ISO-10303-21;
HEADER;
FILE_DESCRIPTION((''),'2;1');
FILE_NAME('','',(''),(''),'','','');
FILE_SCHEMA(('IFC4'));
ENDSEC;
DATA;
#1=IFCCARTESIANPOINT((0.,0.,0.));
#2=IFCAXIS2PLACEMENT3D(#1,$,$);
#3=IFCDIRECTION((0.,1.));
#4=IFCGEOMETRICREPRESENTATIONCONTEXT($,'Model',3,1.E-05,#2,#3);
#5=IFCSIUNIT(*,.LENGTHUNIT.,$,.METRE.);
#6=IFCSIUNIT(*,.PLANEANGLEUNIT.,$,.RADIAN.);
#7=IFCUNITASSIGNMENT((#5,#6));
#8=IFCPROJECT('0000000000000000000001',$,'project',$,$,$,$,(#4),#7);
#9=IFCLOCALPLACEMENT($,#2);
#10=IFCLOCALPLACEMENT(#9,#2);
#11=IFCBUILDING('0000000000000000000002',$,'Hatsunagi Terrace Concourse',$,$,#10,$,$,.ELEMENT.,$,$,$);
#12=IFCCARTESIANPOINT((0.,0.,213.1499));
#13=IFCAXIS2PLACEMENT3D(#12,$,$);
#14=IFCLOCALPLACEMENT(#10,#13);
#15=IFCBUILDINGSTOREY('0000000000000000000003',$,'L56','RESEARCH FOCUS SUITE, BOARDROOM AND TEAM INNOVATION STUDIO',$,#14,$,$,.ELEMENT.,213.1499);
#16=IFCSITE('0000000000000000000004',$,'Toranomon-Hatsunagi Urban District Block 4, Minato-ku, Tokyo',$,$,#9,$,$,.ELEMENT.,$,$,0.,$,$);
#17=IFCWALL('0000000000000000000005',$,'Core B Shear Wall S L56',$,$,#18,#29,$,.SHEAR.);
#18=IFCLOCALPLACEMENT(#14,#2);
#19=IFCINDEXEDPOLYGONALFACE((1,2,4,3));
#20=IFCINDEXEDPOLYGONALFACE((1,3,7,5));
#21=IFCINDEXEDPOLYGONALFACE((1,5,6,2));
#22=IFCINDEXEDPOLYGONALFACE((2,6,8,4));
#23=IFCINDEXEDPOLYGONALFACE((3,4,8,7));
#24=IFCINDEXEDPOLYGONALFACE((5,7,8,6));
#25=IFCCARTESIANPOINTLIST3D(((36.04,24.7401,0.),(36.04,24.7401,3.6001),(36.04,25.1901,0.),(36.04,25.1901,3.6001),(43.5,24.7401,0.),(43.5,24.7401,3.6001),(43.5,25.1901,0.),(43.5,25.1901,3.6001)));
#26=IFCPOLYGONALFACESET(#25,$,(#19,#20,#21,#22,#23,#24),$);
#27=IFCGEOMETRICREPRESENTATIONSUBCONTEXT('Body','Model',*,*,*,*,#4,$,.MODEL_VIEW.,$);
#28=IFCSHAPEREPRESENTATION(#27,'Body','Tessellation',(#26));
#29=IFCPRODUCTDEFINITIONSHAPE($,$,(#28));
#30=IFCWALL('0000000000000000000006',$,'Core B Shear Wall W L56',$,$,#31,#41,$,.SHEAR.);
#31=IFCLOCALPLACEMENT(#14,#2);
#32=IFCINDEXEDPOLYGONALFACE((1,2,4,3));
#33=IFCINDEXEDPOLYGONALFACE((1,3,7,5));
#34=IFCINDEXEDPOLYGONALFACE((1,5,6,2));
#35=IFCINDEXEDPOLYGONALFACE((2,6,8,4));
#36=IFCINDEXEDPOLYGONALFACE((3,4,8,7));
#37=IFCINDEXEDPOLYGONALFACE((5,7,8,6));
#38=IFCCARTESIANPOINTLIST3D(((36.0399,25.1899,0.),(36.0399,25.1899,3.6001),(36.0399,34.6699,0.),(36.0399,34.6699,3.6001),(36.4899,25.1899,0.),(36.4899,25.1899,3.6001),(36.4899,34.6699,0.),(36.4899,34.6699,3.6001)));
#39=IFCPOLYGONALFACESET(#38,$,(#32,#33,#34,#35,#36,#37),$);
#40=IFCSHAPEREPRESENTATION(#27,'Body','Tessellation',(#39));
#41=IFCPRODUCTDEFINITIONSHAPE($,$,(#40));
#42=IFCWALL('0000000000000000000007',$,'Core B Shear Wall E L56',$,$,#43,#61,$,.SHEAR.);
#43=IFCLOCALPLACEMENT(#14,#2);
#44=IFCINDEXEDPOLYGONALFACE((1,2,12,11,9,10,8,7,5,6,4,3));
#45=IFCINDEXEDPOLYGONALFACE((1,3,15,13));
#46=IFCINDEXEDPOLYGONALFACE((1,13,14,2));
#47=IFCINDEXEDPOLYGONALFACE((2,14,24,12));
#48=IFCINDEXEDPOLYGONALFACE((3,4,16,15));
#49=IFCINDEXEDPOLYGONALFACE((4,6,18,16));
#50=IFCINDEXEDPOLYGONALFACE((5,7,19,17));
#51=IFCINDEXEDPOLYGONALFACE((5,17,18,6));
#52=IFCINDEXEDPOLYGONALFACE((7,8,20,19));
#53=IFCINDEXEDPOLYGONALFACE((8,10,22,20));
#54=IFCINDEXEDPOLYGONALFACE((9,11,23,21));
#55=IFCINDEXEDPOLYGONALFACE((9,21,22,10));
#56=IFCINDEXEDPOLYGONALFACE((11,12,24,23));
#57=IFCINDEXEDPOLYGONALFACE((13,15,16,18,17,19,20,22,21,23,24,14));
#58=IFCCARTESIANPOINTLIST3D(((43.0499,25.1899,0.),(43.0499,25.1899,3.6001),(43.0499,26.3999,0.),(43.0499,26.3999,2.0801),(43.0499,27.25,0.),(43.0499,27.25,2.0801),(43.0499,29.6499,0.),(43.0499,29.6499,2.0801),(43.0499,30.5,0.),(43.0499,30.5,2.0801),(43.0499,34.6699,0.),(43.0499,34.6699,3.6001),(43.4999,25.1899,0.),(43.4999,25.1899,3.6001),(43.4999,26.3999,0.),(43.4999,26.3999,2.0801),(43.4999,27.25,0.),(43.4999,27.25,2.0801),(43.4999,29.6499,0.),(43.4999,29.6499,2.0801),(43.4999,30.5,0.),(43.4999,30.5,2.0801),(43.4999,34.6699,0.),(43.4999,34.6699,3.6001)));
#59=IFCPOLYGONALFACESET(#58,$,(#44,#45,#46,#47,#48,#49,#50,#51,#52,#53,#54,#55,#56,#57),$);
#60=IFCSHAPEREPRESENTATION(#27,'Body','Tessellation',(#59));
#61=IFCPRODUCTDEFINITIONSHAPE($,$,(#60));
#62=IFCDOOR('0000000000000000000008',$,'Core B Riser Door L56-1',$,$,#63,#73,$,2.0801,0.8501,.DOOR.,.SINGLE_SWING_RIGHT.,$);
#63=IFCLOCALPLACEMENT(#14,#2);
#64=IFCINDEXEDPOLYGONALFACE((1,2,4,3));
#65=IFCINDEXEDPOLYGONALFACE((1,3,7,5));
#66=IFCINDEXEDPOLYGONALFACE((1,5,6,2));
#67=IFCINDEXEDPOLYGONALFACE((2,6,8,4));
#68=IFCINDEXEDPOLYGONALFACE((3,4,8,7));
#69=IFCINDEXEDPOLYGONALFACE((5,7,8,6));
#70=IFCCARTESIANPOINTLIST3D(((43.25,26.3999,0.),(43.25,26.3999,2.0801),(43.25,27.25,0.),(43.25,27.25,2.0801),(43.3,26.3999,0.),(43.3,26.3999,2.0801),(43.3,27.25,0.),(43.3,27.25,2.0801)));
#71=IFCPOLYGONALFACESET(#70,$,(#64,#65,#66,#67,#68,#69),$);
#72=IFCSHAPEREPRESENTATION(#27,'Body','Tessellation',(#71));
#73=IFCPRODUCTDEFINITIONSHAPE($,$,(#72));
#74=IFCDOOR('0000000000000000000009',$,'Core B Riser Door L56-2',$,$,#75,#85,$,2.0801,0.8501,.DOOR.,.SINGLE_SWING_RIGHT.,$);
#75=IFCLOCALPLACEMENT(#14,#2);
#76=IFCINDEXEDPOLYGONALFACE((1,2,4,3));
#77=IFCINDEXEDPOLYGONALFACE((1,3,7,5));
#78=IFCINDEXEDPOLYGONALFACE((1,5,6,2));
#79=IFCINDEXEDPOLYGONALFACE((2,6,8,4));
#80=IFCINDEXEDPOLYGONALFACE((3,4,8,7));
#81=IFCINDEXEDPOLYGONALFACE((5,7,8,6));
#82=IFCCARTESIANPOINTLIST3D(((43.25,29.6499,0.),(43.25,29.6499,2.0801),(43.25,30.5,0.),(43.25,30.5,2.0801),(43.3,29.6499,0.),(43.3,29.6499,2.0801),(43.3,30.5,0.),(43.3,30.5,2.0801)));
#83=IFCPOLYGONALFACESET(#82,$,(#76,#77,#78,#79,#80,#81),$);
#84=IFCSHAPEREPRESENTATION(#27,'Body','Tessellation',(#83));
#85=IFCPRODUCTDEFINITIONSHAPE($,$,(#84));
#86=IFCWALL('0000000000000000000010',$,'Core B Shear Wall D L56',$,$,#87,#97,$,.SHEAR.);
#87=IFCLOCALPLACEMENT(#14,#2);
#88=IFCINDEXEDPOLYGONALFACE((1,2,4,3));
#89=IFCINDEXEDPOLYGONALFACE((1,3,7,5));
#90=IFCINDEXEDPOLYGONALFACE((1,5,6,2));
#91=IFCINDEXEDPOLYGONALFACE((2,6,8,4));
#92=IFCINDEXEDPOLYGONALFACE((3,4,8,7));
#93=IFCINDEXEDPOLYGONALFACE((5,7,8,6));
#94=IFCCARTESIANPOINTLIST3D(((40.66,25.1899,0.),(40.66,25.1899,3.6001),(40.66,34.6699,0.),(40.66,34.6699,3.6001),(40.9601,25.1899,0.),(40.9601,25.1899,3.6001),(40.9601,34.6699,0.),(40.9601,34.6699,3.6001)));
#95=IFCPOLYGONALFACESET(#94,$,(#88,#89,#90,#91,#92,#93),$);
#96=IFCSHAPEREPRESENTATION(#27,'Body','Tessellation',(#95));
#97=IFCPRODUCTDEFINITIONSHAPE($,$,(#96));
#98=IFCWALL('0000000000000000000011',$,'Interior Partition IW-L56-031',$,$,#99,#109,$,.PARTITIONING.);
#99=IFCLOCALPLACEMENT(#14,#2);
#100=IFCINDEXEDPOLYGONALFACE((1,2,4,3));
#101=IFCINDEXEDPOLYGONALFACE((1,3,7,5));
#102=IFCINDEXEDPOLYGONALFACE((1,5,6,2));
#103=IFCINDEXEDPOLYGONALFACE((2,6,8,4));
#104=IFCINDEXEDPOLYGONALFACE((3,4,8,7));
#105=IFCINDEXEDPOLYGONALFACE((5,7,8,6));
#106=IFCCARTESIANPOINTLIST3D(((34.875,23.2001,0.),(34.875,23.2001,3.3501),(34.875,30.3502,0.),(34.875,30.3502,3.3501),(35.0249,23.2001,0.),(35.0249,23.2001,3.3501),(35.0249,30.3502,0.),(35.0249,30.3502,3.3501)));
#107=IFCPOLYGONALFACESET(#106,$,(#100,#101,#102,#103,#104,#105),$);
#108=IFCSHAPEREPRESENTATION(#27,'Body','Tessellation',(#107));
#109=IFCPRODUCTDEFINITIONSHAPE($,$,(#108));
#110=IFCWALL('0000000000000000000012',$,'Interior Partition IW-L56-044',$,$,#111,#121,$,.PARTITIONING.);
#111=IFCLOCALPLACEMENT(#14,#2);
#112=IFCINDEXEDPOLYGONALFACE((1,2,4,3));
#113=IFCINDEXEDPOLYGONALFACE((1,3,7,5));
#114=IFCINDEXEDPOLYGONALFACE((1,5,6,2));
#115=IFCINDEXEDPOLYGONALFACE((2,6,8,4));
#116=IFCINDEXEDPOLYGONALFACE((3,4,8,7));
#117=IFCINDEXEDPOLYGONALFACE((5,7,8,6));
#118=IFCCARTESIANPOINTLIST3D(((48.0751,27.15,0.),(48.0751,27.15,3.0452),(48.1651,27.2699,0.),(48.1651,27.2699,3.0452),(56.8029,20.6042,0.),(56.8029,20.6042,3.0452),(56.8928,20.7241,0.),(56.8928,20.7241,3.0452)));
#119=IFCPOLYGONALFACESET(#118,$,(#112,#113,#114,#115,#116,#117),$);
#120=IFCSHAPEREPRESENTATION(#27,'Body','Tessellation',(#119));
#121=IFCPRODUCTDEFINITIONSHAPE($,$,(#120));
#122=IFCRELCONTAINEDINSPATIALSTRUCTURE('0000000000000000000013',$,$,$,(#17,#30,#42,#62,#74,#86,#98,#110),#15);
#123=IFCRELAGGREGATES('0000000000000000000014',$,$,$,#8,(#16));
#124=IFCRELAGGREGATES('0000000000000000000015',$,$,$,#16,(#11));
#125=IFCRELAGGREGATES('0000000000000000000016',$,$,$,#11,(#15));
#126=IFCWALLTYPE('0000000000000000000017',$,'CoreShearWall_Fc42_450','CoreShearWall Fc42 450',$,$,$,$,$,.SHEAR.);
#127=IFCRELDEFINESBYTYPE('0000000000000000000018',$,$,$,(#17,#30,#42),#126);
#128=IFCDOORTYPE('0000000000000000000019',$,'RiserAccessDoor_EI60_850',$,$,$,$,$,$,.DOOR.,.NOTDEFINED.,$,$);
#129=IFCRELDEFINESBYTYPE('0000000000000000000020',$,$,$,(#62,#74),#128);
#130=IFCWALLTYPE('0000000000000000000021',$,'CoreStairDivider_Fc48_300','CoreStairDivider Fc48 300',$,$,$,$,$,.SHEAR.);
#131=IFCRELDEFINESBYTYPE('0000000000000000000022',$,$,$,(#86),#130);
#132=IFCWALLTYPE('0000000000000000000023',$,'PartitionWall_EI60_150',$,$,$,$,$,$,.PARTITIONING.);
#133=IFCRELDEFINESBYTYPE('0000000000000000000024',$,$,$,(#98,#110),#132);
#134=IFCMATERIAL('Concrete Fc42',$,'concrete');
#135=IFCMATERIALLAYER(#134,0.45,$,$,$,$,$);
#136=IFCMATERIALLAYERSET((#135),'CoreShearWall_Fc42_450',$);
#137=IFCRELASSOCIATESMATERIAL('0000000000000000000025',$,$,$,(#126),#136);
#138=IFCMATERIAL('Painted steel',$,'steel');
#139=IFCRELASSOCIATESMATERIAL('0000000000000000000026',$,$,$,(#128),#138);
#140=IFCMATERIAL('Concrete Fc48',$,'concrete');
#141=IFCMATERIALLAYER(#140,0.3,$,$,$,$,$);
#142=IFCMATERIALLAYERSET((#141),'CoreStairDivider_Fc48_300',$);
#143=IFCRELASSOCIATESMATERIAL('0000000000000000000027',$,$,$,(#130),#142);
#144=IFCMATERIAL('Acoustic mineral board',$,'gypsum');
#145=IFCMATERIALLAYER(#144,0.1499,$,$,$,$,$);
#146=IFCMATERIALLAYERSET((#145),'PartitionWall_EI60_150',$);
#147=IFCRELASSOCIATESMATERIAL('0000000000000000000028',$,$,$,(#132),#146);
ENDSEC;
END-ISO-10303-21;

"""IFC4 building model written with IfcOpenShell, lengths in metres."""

from ifc_helpers import new_model, si_unit, direction, frame, frame_2d, origin, place, context, subcontext, project, spatial, rectangle, extrude, material, layer, layer_set, type_object, element, fill, save


model = new_model("IFC4")

# Units and contexts
model_context = context("Model", 3, precision=1e-05, world=origin(), true_north=direction((0.0, 1.0)))
body_context = subcontext(model_context, "Body", "Model", "MODEL_VIEW")
ifc_project = project(units=[si_unit("LENGTHUNIT", "METRE"), si_unit("PLANEANGLEUNIT", "RADIAN")], contexts=[model_context])

# Site, building, storey
site_placement = place(None, origin())
site = spatial("IfcSite", under=ifc_project, at=site_placement, Name="Toranomon-Hatsunagi Urban District Block 4, Minato-ku, Tokyo", CompositionType="ELEMENT", RefElevation=0.0)
building_placement = place(site_placement, origin())
building = spatial("IfcBuilding", under=site, at=building_placement, Name="Hatsunagi Terrace Concourse", CompositionType="ELEMENT")
storey_placement = place(building_placement, frame((0.0, 0.0, 213.1499)))
storey = spatial("IfcBuildingStorey", under=building, at=storey_placement, Name="L56", Description="RESEARCH FOCUS SUITE, BOARDROOM AND TEAM INNOVATION STUDIO", CompositionType="ELEMENT", Elevation=213.1499)

# Walls
ifc_material_1 = material(Name="Concrete Fc42", Category="concrete")
ifc_layer_1 = layer(ifc_material_1, 0.45)
ifc_layer_set_1 = layer_set([ifc_layer_1], Name="CoreShearWall_Fc42_450")
wall_type_1 = type_object("IfcWallType", Name="CoreShearWall_Fc42_450", Description="CoreShearWall Fc42 450", PredefinedType="SHEAR", material=ifc_layer_set_1)
wall_1_placement = place(storey_placement, frame((36.04, 24.9651, 0.0), z_axis=(0.0, 0.0, 1.0), x_axis=(1.0, 0.0, 0.0)))
element("IfcWall", 1, at=wall_1_placement, inside=storey, type_object=wall_type_1, Name="Core B Shear Wall S L56", PredefinedType="SHEAR", context=body_context, shape_type="SweptSolid", body=[
    extrude(rectangle(XDim=7.46, YDim=0.45, at=frame_2d((3.73, 0.0))), origin(), (0.0, 0.0, 1.0), 3.6001),
])
wall_2_placement = place(storey_placement, frame((36.2649, 25.1899, 0.0), z_axis=(0.0, 0.0, 1.0), x_axis=(0.0, 1.0, 0.0)))
element("IfcWall", 2, at=wall_2_placement, inside=storey, type_object=wall_type_1, Name="Core B Shear Wall W L56", PredefinedType="SHEAR", context=body_context, shape_type="SweptSolid", body=[
    extrude(rectangle(XDim=9.48, YDim=0.45, at=frame_2d((4.74, 0.0))), origin(), (0.0, 0.0, 1.0), 3.6001),
])

# Wall, openings, doors
wall_3_placement = place(storey_placement, frame((43.2749, 25.1899, 0.0), z_axis=(0.0, 0.0, 1.0), x_axis=(0.0, 1.0, 0.0)))
wall_3 = element("IfcWall", 3, at=wall_3_placement, inside=storey, type_object=wall_type_1, Name="Core B Shear Wall E L56", PredefinedType="SHEAR", context=body_context, shape_type="SweptSolid", body=[
    extrude(rectangle(XDim=9.48, YDim=0.45, at=frame_2d((4.74, 0.0))), origin(), (0.0, 0.0, 1.0), 3.6001),
])
opening_1_placement = place(wall_3_placement, frame((1.21, 0.0, 0.0)))
opening_1 = element("IfcOpeningElement", 4, at=opening_1_placement, cuts=wall_3, PredefinedType="OPENING", context=body_context, shape_type="SweptSolid", body=[
    extrude(rectangle(XDim=0.8501, YDim=2.0801, at=frame_2d((0.425, 1.04))), frame((0.0, 0.2349, 0.0), z_axis=(0.0, -1.0, 0.0), x_axis=(1.0, 0.0, 0.0)), (0.0, 0.0, 1.0), 0.47),
])
opening_2_placement = place(wall_3_placement, frame((4.46, 0.0, 0.0)))
opening_2 = element("IfcOpeningElement", 5, at=opening_2_placement, cuts=wall_3, PredefinedType="OPENING", context=body_context, shape_type="SweptSolid", body=[
    extrude(rectangle(XDim=0.8501, YDim=2.0801, at=frame_2d((0.425, 1.04))), frame((0.0, 0.2349, 0.0), z_axis=(0.0, -1.0, 0.0), x_axis=(1.0, 0.0, 0.0)), (0.0, 0.0, 1.0), 0.47),
])
ifc_material_2 = material(Name="Painted steel", Category="steel")
door_type_1 = type_object("IfcDoorType", Name="RiserAccessDoor_EI60_850", OperationType="NOTDEFINED", PredefinedType="DOOR", material=ifc_material_2)
door_1_placement = place(opening_1_placement, origin())
door_1 = element("IfcDoor", 6, at=door_1_placement, inside=storey, type_object=door_type_1, Name="Core B Riser Door L56-1", OperationType="SINGLE_SWING_RIGHT", OverallHeight=2.0801, OverallWidth=0.8501, PredefinedType="DOOR", context=body_context, shape_type="SweptSolid", body=[
    extrude(rectangle(XDim=0.8501, YDim=2.0801, at=frame_2d((0.425, 1.04))), frame((0.0, 0.0249, 0.0), z_axis=(0.0, -1.0, 0.0), x_axis=(1.0, 0.0, 0.0)), (0.0, 0.0, 1.0), 0.05),
])
fill(opening_1, door_1)
door_2_placement = place(opening_2_placement, origin())
door_2 = element("IfcDoor", 7, at=door_2_placement, inside=storey, type_object=door_type_1, Name="Core B Riser Door L56-2", OperationType="SINGLE_SWING_RIGHT", OverallHeight=2.0801, OverallWidth=0.8501, PredefinedType="DOOR", context=body_context, shape_type="SweptSolid", body=[
    extrude(rectangle(XDim=0.8501, YDim=2.0801, at=frame_2d((0.425, 1.04))), frame((0.0, 0.0249, 0.0), z_axis=(0.0, -1.0, 0.0), x_axis=(1.0, 0.0, 0.0)), (0.0, 0.0, 1.0), 0.05),
])
fill(opening_2, door_2)

# Walls
ifc_material_3 = material(Name="Concrete Fc48", Category="concrete")
ifc_layer_2 = layer(ifc_material_3, 0.3)
ifc_layer_set_2 = layer_set([ifc_layer_2], Name="CoreStairDivider_Fc48_300")
wall_type_2 = type_object("IfcWallType", Name="CoreStairDivider_Fc48_300", Description="CoreStairDivider Fc48 300", PredefinedType="SHEAR", material=ifc_layer_set_2)
wall_4_placement = place(storey_placement, frame((40.8101, 25.1899, 0.0), z_axis=(0.0, 0.0, 1.0), x_axis=(0.0, 1.0, 0.0)))
element("IfcWall", 8, at=wall_4_placement, inside=storey, type_object=wall_type_2, Name="Core B Shear Wall D L56", PredefinedType="SHEAR", context=body_context, shape_type="SweptSolid", body=[
    extrude(rectangle(XDim=9.48, YDim=0.3, at=frame_2d((4.74, 0.0))), origin(), (0.0, 0.0, 1.0), 3.6001),
])
ifc_material_4 = material(Name="Acoustic mineral board", Category="gypsum")
ifc_layer_3 = layer(ifc_material_4, 0.1499)
ifc_layer_set_3 = layer_set([ifc_layer_3], Name="PartitionWall_EI60_150")
wall_type_3 = type_object("IfcWallType", Name="PartitionWall_EI60_150", PredefinedType="PARTITIONING", material=ifc_layer_set_3)
wall_5_placement = place(storey_placement, frame((34.95, 23.2, 0.0), z_axis=(0.0, 0.0, 1.0), x_axis=(0.0, 1.0, 0.0)))
element("IfcWall", 9, at=wall_5_placement, inside=storey, type_object=wall_type_3, Name="Interior Partition IW-L56-031", PredefinedType="PARTITIONING", context=body_context, shape_type="SweptSolid", body=[
    extrude(rectangle(XDim=7.1501, YDim=0.1499, at=frame_2d((3.5752, 0.0))), origin(), (0.0, 0.0, 1.0), 3.3501),
])
wall_6_placement = place(storey_placement, frame((48.1201, 27.21, 0.0), z_axis=(0.0, 0.0, 1.0), x_axis=(0.799997, -0.600004, 0.0)))
element("IfcWall", 10, at=wall_6_placement, inside=storey, type_object=wall_type_3, Name="Interior Partition IW-L56-044", PredefinedType="PARTITIONING", context=body_context, shape_type="SweptSolid", body=[
    extrude(rectangle(XDim=10.9097, YDim=0.1499, at=frame_2d((5.4548, 0.0))), origin(), (0.0, 0.0, 1.0), 3.0452),
])

save(model, "model.ifc")
